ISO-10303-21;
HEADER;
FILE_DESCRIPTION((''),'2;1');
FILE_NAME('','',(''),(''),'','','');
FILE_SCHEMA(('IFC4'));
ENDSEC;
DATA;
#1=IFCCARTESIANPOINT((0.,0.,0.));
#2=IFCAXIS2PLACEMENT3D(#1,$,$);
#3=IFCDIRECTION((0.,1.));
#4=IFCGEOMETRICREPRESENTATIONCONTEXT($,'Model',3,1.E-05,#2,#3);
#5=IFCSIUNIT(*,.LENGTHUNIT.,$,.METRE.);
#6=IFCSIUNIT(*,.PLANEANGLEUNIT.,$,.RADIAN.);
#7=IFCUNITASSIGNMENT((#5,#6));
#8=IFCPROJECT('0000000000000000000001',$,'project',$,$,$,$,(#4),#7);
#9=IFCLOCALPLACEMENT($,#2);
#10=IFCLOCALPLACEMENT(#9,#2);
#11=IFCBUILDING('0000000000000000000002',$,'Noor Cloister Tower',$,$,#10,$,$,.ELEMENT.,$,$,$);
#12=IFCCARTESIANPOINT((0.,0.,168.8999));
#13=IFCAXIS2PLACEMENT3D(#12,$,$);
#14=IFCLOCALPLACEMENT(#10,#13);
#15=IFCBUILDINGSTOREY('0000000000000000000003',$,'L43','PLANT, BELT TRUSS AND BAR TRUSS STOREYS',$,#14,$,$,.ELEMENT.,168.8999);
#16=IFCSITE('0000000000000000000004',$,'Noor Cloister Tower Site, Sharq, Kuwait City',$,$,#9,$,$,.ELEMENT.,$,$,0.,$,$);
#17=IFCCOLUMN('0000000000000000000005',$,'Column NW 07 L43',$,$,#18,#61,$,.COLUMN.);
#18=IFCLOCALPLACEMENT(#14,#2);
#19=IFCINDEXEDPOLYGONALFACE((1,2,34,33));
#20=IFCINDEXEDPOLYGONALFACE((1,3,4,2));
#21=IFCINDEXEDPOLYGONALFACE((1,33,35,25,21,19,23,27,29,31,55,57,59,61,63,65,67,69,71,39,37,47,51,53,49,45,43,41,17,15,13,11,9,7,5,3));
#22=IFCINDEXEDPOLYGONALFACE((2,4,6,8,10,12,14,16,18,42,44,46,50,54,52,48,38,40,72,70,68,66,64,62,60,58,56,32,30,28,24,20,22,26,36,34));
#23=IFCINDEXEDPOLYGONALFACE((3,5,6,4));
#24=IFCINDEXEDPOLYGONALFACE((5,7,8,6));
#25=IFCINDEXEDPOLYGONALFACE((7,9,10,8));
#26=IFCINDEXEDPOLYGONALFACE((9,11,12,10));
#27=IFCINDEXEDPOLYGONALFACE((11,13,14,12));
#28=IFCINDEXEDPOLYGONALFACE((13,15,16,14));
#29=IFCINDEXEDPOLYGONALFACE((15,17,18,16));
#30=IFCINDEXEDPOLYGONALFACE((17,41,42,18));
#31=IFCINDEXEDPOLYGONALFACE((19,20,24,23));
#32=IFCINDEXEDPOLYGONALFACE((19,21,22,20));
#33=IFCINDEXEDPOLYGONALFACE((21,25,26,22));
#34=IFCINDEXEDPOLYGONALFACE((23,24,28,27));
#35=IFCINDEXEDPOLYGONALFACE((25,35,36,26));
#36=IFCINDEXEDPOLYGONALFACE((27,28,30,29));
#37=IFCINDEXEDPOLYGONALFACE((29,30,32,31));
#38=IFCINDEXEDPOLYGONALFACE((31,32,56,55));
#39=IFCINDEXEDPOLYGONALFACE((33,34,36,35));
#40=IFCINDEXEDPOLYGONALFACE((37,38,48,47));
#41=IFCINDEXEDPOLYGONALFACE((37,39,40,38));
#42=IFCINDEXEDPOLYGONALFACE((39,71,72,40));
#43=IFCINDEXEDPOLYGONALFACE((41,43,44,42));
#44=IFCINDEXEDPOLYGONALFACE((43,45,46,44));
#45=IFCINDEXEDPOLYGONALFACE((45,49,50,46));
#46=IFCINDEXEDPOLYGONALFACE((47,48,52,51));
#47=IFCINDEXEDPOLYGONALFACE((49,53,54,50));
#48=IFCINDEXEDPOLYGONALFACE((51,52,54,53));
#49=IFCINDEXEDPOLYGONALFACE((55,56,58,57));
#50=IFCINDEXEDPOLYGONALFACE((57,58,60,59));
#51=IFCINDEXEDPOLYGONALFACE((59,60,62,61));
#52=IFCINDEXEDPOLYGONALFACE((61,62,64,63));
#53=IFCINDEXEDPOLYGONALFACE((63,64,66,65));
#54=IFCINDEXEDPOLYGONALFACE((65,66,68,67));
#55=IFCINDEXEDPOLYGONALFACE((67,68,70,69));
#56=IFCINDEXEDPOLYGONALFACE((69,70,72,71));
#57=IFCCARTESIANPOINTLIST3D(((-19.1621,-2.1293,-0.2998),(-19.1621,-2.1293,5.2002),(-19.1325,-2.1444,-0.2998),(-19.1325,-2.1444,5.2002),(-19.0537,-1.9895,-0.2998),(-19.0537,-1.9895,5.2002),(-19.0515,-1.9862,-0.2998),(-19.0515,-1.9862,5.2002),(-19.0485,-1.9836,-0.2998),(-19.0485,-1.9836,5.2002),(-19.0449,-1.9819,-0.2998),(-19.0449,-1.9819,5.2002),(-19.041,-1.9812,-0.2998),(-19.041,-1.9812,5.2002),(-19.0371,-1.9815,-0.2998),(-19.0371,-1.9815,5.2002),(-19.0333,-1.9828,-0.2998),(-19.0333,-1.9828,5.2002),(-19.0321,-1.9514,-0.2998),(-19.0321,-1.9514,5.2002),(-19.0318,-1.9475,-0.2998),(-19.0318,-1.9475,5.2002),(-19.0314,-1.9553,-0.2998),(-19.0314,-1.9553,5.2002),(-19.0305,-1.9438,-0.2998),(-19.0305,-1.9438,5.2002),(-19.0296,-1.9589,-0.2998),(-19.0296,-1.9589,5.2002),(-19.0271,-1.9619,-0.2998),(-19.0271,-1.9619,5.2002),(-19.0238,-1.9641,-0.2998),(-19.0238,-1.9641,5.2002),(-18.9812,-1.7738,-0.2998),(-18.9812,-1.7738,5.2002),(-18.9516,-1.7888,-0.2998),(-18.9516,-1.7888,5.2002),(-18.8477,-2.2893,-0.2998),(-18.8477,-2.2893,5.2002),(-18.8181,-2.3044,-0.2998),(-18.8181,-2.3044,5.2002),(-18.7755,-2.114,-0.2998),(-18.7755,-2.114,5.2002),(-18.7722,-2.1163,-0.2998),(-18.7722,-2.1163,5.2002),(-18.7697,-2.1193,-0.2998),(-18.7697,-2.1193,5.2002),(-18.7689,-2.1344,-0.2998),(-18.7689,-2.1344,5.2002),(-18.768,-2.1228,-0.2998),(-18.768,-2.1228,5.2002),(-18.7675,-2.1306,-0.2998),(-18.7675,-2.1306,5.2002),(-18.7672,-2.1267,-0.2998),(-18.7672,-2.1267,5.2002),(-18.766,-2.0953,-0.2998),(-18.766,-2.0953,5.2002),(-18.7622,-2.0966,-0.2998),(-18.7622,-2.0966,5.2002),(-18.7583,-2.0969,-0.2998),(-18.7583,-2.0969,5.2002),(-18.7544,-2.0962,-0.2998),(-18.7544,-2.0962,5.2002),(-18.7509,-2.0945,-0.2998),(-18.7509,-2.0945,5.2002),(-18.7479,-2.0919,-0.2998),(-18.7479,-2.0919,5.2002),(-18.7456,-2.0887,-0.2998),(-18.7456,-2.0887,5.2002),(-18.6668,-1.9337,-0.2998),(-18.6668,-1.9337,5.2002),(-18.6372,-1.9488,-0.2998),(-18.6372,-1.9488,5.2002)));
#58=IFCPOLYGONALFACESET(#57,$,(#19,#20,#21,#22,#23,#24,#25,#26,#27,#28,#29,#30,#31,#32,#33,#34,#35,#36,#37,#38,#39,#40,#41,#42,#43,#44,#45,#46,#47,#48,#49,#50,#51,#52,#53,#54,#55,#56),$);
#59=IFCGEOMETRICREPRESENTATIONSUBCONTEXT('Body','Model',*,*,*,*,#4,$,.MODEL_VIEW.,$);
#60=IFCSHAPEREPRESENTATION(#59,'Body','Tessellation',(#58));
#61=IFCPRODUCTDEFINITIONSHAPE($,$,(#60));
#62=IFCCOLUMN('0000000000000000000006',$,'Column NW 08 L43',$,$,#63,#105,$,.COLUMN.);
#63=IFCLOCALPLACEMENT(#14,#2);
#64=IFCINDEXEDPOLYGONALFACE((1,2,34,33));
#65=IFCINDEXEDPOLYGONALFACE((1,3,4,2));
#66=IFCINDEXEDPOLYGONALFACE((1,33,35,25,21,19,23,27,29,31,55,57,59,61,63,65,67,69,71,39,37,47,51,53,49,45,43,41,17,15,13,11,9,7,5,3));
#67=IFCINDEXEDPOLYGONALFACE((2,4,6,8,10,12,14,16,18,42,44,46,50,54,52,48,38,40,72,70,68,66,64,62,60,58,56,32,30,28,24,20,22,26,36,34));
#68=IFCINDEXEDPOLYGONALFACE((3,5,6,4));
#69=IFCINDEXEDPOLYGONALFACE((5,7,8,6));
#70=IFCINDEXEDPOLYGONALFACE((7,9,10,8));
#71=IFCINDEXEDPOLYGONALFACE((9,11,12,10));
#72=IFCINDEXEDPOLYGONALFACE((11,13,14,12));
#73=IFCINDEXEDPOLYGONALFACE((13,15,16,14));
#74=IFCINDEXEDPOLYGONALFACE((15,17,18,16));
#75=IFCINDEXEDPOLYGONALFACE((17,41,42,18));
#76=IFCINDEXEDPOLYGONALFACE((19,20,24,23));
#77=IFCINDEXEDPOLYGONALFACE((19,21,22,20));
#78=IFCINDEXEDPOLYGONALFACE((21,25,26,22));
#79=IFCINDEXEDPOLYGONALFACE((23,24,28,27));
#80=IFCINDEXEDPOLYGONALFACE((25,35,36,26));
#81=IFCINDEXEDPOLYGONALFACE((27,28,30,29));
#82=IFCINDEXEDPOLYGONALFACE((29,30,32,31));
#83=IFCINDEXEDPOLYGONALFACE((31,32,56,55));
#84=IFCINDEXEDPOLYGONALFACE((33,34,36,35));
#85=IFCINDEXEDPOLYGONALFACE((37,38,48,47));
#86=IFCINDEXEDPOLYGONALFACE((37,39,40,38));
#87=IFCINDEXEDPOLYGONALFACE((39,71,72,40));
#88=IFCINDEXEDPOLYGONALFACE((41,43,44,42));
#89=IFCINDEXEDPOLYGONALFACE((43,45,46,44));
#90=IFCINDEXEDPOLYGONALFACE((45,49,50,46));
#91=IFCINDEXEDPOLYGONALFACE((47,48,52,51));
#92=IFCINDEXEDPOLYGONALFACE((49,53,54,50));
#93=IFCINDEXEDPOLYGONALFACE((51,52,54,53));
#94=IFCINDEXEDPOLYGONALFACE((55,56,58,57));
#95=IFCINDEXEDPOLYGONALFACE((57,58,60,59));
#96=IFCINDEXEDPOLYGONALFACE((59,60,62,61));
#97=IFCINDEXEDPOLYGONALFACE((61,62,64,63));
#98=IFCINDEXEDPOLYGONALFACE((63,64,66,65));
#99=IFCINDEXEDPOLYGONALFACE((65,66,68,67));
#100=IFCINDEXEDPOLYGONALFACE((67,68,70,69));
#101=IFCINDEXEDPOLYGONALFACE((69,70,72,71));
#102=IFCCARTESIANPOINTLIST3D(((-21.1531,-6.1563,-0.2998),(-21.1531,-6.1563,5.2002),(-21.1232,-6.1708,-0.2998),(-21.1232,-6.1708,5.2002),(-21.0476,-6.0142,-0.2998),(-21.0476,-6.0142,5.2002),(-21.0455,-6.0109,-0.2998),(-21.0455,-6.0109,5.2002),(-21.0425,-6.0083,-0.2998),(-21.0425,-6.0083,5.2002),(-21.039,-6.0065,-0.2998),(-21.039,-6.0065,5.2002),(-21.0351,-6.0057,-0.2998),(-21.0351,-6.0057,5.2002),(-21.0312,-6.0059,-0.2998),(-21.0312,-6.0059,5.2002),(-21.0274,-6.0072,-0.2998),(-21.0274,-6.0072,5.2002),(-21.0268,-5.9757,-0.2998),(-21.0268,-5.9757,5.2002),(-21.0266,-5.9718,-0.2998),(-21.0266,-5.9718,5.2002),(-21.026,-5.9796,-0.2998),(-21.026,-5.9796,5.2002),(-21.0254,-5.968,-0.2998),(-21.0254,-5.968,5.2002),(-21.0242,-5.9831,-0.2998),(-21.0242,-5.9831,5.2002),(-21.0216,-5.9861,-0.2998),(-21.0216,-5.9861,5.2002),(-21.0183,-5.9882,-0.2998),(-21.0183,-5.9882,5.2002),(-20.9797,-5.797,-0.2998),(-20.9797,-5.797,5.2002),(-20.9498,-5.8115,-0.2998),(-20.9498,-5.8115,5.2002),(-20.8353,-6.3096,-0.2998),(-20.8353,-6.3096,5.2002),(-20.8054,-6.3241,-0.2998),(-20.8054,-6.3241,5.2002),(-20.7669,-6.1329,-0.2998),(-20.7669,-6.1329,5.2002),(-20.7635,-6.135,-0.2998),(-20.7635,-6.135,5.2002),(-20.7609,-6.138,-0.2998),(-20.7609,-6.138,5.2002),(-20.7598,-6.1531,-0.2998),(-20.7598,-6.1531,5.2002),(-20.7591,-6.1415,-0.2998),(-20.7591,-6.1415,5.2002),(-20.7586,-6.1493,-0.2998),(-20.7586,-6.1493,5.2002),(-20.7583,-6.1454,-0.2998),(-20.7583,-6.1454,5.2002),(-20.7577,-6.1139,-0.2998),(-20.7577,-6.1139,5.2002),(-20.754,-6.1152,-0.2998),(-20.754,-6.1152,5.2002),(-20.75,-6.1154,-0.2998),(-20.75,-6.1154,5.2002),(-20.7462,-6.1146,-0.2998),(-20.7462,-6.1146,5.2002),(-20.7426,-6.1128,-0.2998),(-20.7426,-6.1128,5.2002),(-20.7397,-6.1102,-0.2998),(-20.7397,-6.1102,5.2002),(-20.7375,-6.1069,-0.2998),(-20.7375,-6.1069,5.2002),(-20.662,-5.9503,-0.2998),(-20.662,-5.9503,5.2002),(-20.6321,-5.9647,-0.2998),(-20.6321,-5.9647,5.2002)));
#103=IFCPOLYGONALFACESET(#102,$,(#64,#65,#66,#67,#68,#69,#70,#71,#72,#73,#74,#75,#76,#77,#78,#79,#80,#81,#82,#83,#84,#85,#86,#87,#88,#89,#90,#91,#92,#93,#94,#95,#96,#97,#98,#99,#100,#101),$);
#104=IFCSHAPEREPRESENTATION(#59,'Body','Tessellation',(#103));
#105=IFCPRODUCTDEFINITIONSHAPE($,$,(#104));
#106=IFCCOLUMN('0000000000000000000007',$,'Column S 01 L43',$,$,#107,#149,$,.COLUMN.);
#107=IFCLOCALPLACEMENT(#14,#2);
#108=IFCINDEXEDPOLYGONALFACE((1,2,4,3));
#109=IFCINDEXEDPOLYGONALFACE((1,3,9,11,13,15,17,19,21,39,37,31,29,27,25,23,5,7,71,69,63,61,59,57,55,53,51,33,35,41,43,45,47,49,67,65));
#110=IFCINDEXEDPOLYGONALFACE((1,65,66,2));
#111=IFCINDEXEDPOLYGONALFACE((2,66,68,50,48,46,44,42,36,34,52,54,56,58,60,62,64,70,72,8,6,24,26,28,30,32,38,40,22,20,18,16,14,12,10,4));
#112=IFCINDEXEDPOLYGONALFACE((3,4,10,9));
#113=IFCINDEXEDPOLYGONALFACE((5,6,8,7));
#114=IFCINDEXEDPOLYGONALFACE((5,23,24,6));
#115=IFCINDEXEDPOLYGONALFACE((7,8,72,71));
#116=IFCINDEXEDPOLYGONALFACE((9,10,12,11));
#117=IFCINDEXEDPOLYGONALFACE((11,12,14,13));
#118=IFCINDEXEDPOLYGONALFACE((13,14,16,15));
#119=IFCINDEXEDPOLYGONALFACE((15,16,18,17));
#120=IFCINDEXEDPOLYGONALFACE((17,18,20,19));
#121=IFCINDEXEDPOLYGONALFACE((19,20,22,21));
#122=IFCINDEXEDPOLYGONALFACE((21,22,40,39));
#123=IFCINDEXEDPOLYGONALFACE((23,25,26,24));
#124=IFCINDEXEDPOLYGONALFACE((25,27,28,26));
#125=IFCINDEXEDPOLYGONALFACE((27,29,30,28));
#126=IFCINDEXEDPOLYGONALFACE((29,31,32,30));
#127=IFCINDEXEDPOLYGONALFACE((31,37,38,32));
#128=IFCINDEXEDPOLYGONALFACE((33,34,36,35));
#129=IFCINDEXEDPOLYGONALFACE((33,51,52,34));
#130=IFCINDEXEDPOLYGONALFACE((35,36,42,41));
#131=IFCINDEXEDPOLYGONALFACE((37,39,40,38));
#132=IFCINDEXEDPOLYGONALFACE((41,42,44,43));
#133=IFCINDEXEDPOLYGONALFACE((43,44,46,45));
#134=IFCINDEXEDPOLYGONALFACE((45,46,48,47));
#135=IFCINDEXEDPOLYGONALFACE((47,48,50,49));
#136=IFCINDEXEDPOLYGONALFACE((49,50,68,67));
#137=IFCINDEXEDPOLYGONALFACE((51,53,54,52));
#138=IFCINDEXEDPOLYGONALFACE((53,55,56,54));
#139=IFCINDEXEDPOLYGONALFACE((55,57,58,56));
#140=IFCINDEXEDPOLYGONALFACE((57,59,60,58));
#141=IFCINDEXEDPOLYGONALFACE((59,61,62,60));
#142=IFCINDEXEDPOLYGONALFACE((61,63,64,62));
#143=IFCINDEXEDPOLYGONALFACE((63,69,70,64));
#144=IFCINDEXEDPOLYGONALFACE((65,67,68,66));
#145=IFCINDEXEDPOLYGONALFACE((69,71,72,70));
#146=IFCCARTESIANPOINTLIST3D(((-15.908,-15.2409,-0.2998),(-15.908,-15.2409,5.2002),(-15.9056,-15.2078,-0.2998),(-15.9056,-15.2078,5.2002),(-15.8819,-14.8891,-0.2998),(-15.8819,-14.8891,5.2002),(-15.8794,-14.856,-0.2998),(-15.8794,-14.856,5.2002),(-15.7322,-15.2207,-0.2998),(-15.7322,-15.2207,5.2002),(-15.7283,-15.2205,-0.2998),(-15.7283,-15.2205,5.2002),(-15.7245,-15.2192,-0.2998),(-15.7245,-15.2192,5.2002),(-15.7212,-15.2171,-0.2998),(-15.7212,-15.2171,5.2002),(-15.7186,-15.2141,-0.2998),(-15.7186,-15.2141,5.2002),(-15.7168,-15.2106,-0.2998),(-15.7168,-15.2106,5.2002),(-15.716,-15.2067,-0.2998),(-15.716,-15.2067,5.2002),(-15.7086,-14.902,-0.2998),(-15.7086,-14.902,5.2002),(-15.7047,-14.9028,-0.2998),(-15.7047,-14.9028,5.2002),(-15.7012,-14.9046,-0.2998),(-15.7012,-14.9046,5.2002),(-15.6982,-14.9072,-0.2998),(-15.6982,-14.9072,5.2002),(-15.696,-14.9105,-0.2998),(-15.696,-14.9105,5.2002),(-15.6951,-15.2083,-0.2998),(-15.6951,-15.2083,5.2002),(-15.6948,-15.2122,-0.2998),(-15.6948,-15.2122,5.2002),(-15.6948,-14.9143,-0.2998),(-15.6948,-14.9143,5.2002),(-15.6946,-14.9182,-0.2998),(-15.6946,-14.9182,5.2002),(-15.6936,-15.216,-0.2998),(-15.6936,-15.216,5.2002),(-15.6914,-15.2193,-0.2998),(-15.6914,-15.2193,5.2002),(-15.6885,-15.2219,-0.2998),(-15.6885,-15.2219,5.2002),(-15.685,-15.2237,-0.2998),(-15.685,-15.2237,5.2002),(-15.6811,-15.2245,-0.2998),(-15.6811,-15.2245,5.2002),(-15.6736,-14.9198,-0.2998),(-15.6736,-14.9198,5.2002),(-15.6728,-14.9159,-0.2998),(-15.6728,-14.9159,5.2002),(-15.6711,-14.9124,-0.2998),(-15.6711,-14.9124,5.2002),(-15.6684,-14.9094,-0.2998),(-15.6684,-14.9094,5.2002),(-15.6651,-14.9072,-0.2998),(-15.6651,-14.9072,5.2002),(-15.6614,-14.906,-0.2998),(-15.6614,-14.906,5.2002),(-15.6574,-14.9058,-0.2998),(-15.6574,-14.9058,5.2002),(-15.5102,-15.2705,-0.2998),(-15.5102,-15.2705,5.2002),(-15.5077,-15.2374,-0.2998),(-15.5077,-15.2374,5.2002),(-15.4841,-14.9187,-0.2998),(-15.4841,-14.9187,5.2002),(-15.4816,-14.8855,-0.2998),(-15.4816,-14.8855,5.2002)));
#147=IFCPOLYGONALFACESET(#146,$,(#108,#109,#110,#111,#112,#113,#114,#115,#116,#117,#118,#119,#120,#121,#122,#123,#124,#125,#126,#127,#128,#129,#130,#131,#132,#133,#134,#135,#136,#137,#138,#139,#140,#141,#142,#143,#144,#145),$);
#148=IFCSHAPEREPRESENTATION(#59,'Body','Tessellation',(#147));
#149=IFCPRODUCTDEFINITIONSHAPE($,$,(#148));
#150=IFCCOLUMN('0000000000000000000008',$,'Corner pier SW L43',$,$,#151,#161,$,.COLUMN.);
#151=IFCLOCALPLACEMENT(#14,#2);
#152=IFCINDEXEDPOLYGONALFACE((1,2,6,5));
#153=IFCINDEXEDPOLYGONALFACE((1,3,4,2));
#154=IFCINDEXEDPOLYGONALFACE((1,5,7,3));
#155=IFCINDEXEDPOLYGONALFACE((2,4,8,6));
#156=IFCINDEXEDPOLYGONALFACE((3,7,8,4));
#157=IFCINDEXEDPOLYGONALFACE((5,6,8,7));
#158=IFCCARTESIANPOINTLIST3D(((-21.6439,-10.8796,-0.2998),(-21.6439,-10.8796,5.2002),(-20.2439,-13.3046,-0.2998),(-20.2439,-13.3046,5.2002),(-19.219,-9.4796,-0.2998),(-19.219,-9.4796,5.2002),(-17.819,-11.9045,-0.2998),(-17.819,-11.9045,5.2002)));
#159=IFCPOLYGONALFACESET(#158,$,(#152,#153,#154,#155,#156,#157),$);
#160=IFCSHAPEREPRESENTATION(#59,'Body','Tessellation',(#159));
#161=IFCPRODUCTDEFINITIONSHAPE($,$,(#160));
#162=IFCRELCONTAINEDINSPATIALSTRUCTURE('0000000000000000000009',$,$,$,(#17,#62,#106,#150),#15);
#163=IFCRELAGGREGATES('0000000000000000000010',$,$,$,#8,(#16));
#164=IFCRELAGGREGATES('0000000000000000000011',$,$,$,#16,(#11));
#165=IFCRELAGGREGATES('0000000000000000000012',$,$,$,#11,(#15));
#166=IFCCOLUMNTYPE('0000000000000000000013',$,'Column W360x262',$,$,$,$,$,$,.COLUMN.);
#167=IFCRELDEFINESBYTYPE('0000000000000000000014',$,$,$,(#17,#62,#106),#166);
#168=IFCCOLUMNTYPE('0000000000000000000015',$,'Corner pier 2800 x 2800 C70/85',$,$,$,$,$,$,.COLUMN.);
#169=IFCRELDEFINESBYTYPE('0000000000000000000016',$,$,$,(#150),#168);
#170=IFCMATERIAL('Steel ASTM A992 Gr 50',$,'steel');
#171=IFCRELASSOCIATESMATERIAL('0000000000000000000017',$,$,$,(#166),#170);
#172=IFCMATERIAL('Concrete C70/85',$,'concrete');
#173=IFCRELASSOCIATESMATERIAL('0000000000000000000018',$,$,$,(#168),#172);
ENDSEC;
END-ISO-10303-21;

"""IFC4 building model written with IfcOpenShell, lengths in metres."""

from ifc_helpers import new_model, si_unit, direction, frame, origin, origin_2d, place, context, subcontext, project, spatial, rectangle, i_section, extrude, material, material_profile, profile_set, type_object, element, save


model = new_model("IFC4")

# Units and contexts
model_context = context("Model", 3, precision=1e-05, world=origin(), true_north=direction((0.0, 1.0)))
body_context = subcontext(model_context, "Body", "Model", "MODEL_VIEW")
ifc_project = project(units=[si_unit("LENGTHUNIT", "METRE"), si_unit("PLANEANGLEUNIT", "RADIAN")], contexts=[model_context])

# Site, building, storey
site_placement = place(None, origin())
site = spatial("IfcSite", under=ifc_project, at=site_placement, Name="Noor Cloister Tower Site, Sharq, Kuwait City", CompositionType="ELEMENT", RefElevation=0.0)
building_placement = place(site_placement, origin())
building = spatial("IfcBuilding", under=site, at=building_placement, Name="Noor Cloister Tower", CompositionType="ELEMENT")
storey_placement = place(building_placement, frame((0.0, 0.0, 168.8999)))
storey = spatial("IfcBuildingStorey", under=building, at=storey_placement, Name="L43", Description="PLANT, BELT TRUSS AND BAR TRUSS STOREYS", CompositionType="ELEMENT", Elevation=168.8999)

# Columns
ifc_material_1 = material(Name="Steel ASTM A992 Gr 50", Category="steel")
ifc_material_profile_1 = material_profile(ifc_material_1, i_section(OverallWidth=0.3989, OverallDepth=0.386, WebThickness=0.021, FlangeThickness=0.0332, FilletRadius=0.0151, at=origin_2d()), Name="W360x262")
ifc_profile_set_1 = profile_set([ifc_material_profile_1], Name="Steel ASTM A992 Gr 50")
column_type_1 = type_object("IfcColumnType", Name="Column W360x262", PredefinedType="COLUMN", material=ifc_profile_set_1)
for number, where, z_axis, x_axis, name in (
    (1, (-18.8997, -2.0391, -0.2998), (0.0, 0.0, 1.0), (-0.453461, -0.891276, 0.0), "Column NW 07 L43"),
    (2, (-20.8926, -6.0605, -0.2998), (0.0, 0.0, 1.0), (-0.434482, -0.90068, 0.0), "Column NW 08 L43"),
    (3, (-15.6948, -15.0632, -0.2998), (0.0, 0.0, 1.0), (0.997253, -0.074068, 0.0), "Column S 01 L43"),
):
    element("IfcColumn", number, at=place(storey_placement, frame(where, z_axis=z_axis, x_axis=x_axis)), inside=storey, type_object=column_type_1, Name=name, PredefinedType="COLUMN", context=body_context, shape_type="SweptSolid", body=[
        extrude(i_section(OverallWidth=0.3989, OverallDepth=0.386, WebThickness=0.021, FlangeThickness=0.0332, FilletRadius=0.0151, at=origin_2d()), origin(), (0.0, 0.0, 1.0), 5.5),
    ])
ifc_material_2 = material(Name="Concrete C70/85", Category="concrete")
ifc_material_profile_2 = material_profile(ifc_material_2, rectangle(XDim=2.8, YDim=2.8, at=origin_2d()), Name="RC 2800x2800")
ifc_profile_set_2 = profile_set([ifc_material_profile_2], Name="Concrete C70/85")
column_type_2 = type_object("IfcColumnType", Name="Corner pier 2800 x 2800 C70/85", PredefinedType="COLUMN", material=ifc_profile_set_2)
column_placement = place(storey_placement, frame((-19.7314, -11.3921, -0.2998), z_axis=(0.0, 0.0, 1.0), x_axis=(-0.866025, -0.5, 0.0)))
element("IfcColumn", 4, at=column_placement, inside=storey, type_object=column_type_2, Name="Corner pier SW L43", PredefinedType="COLUMN", context=body_context, shape_type="SweptSolid", body=[
    extrude(rectangle(XDim=2.8, YDim=2.8, at=origin_2d()), origin(), (0.0, 0.0, 1.0), 5.5),
])

save(model, "model.ifc")
